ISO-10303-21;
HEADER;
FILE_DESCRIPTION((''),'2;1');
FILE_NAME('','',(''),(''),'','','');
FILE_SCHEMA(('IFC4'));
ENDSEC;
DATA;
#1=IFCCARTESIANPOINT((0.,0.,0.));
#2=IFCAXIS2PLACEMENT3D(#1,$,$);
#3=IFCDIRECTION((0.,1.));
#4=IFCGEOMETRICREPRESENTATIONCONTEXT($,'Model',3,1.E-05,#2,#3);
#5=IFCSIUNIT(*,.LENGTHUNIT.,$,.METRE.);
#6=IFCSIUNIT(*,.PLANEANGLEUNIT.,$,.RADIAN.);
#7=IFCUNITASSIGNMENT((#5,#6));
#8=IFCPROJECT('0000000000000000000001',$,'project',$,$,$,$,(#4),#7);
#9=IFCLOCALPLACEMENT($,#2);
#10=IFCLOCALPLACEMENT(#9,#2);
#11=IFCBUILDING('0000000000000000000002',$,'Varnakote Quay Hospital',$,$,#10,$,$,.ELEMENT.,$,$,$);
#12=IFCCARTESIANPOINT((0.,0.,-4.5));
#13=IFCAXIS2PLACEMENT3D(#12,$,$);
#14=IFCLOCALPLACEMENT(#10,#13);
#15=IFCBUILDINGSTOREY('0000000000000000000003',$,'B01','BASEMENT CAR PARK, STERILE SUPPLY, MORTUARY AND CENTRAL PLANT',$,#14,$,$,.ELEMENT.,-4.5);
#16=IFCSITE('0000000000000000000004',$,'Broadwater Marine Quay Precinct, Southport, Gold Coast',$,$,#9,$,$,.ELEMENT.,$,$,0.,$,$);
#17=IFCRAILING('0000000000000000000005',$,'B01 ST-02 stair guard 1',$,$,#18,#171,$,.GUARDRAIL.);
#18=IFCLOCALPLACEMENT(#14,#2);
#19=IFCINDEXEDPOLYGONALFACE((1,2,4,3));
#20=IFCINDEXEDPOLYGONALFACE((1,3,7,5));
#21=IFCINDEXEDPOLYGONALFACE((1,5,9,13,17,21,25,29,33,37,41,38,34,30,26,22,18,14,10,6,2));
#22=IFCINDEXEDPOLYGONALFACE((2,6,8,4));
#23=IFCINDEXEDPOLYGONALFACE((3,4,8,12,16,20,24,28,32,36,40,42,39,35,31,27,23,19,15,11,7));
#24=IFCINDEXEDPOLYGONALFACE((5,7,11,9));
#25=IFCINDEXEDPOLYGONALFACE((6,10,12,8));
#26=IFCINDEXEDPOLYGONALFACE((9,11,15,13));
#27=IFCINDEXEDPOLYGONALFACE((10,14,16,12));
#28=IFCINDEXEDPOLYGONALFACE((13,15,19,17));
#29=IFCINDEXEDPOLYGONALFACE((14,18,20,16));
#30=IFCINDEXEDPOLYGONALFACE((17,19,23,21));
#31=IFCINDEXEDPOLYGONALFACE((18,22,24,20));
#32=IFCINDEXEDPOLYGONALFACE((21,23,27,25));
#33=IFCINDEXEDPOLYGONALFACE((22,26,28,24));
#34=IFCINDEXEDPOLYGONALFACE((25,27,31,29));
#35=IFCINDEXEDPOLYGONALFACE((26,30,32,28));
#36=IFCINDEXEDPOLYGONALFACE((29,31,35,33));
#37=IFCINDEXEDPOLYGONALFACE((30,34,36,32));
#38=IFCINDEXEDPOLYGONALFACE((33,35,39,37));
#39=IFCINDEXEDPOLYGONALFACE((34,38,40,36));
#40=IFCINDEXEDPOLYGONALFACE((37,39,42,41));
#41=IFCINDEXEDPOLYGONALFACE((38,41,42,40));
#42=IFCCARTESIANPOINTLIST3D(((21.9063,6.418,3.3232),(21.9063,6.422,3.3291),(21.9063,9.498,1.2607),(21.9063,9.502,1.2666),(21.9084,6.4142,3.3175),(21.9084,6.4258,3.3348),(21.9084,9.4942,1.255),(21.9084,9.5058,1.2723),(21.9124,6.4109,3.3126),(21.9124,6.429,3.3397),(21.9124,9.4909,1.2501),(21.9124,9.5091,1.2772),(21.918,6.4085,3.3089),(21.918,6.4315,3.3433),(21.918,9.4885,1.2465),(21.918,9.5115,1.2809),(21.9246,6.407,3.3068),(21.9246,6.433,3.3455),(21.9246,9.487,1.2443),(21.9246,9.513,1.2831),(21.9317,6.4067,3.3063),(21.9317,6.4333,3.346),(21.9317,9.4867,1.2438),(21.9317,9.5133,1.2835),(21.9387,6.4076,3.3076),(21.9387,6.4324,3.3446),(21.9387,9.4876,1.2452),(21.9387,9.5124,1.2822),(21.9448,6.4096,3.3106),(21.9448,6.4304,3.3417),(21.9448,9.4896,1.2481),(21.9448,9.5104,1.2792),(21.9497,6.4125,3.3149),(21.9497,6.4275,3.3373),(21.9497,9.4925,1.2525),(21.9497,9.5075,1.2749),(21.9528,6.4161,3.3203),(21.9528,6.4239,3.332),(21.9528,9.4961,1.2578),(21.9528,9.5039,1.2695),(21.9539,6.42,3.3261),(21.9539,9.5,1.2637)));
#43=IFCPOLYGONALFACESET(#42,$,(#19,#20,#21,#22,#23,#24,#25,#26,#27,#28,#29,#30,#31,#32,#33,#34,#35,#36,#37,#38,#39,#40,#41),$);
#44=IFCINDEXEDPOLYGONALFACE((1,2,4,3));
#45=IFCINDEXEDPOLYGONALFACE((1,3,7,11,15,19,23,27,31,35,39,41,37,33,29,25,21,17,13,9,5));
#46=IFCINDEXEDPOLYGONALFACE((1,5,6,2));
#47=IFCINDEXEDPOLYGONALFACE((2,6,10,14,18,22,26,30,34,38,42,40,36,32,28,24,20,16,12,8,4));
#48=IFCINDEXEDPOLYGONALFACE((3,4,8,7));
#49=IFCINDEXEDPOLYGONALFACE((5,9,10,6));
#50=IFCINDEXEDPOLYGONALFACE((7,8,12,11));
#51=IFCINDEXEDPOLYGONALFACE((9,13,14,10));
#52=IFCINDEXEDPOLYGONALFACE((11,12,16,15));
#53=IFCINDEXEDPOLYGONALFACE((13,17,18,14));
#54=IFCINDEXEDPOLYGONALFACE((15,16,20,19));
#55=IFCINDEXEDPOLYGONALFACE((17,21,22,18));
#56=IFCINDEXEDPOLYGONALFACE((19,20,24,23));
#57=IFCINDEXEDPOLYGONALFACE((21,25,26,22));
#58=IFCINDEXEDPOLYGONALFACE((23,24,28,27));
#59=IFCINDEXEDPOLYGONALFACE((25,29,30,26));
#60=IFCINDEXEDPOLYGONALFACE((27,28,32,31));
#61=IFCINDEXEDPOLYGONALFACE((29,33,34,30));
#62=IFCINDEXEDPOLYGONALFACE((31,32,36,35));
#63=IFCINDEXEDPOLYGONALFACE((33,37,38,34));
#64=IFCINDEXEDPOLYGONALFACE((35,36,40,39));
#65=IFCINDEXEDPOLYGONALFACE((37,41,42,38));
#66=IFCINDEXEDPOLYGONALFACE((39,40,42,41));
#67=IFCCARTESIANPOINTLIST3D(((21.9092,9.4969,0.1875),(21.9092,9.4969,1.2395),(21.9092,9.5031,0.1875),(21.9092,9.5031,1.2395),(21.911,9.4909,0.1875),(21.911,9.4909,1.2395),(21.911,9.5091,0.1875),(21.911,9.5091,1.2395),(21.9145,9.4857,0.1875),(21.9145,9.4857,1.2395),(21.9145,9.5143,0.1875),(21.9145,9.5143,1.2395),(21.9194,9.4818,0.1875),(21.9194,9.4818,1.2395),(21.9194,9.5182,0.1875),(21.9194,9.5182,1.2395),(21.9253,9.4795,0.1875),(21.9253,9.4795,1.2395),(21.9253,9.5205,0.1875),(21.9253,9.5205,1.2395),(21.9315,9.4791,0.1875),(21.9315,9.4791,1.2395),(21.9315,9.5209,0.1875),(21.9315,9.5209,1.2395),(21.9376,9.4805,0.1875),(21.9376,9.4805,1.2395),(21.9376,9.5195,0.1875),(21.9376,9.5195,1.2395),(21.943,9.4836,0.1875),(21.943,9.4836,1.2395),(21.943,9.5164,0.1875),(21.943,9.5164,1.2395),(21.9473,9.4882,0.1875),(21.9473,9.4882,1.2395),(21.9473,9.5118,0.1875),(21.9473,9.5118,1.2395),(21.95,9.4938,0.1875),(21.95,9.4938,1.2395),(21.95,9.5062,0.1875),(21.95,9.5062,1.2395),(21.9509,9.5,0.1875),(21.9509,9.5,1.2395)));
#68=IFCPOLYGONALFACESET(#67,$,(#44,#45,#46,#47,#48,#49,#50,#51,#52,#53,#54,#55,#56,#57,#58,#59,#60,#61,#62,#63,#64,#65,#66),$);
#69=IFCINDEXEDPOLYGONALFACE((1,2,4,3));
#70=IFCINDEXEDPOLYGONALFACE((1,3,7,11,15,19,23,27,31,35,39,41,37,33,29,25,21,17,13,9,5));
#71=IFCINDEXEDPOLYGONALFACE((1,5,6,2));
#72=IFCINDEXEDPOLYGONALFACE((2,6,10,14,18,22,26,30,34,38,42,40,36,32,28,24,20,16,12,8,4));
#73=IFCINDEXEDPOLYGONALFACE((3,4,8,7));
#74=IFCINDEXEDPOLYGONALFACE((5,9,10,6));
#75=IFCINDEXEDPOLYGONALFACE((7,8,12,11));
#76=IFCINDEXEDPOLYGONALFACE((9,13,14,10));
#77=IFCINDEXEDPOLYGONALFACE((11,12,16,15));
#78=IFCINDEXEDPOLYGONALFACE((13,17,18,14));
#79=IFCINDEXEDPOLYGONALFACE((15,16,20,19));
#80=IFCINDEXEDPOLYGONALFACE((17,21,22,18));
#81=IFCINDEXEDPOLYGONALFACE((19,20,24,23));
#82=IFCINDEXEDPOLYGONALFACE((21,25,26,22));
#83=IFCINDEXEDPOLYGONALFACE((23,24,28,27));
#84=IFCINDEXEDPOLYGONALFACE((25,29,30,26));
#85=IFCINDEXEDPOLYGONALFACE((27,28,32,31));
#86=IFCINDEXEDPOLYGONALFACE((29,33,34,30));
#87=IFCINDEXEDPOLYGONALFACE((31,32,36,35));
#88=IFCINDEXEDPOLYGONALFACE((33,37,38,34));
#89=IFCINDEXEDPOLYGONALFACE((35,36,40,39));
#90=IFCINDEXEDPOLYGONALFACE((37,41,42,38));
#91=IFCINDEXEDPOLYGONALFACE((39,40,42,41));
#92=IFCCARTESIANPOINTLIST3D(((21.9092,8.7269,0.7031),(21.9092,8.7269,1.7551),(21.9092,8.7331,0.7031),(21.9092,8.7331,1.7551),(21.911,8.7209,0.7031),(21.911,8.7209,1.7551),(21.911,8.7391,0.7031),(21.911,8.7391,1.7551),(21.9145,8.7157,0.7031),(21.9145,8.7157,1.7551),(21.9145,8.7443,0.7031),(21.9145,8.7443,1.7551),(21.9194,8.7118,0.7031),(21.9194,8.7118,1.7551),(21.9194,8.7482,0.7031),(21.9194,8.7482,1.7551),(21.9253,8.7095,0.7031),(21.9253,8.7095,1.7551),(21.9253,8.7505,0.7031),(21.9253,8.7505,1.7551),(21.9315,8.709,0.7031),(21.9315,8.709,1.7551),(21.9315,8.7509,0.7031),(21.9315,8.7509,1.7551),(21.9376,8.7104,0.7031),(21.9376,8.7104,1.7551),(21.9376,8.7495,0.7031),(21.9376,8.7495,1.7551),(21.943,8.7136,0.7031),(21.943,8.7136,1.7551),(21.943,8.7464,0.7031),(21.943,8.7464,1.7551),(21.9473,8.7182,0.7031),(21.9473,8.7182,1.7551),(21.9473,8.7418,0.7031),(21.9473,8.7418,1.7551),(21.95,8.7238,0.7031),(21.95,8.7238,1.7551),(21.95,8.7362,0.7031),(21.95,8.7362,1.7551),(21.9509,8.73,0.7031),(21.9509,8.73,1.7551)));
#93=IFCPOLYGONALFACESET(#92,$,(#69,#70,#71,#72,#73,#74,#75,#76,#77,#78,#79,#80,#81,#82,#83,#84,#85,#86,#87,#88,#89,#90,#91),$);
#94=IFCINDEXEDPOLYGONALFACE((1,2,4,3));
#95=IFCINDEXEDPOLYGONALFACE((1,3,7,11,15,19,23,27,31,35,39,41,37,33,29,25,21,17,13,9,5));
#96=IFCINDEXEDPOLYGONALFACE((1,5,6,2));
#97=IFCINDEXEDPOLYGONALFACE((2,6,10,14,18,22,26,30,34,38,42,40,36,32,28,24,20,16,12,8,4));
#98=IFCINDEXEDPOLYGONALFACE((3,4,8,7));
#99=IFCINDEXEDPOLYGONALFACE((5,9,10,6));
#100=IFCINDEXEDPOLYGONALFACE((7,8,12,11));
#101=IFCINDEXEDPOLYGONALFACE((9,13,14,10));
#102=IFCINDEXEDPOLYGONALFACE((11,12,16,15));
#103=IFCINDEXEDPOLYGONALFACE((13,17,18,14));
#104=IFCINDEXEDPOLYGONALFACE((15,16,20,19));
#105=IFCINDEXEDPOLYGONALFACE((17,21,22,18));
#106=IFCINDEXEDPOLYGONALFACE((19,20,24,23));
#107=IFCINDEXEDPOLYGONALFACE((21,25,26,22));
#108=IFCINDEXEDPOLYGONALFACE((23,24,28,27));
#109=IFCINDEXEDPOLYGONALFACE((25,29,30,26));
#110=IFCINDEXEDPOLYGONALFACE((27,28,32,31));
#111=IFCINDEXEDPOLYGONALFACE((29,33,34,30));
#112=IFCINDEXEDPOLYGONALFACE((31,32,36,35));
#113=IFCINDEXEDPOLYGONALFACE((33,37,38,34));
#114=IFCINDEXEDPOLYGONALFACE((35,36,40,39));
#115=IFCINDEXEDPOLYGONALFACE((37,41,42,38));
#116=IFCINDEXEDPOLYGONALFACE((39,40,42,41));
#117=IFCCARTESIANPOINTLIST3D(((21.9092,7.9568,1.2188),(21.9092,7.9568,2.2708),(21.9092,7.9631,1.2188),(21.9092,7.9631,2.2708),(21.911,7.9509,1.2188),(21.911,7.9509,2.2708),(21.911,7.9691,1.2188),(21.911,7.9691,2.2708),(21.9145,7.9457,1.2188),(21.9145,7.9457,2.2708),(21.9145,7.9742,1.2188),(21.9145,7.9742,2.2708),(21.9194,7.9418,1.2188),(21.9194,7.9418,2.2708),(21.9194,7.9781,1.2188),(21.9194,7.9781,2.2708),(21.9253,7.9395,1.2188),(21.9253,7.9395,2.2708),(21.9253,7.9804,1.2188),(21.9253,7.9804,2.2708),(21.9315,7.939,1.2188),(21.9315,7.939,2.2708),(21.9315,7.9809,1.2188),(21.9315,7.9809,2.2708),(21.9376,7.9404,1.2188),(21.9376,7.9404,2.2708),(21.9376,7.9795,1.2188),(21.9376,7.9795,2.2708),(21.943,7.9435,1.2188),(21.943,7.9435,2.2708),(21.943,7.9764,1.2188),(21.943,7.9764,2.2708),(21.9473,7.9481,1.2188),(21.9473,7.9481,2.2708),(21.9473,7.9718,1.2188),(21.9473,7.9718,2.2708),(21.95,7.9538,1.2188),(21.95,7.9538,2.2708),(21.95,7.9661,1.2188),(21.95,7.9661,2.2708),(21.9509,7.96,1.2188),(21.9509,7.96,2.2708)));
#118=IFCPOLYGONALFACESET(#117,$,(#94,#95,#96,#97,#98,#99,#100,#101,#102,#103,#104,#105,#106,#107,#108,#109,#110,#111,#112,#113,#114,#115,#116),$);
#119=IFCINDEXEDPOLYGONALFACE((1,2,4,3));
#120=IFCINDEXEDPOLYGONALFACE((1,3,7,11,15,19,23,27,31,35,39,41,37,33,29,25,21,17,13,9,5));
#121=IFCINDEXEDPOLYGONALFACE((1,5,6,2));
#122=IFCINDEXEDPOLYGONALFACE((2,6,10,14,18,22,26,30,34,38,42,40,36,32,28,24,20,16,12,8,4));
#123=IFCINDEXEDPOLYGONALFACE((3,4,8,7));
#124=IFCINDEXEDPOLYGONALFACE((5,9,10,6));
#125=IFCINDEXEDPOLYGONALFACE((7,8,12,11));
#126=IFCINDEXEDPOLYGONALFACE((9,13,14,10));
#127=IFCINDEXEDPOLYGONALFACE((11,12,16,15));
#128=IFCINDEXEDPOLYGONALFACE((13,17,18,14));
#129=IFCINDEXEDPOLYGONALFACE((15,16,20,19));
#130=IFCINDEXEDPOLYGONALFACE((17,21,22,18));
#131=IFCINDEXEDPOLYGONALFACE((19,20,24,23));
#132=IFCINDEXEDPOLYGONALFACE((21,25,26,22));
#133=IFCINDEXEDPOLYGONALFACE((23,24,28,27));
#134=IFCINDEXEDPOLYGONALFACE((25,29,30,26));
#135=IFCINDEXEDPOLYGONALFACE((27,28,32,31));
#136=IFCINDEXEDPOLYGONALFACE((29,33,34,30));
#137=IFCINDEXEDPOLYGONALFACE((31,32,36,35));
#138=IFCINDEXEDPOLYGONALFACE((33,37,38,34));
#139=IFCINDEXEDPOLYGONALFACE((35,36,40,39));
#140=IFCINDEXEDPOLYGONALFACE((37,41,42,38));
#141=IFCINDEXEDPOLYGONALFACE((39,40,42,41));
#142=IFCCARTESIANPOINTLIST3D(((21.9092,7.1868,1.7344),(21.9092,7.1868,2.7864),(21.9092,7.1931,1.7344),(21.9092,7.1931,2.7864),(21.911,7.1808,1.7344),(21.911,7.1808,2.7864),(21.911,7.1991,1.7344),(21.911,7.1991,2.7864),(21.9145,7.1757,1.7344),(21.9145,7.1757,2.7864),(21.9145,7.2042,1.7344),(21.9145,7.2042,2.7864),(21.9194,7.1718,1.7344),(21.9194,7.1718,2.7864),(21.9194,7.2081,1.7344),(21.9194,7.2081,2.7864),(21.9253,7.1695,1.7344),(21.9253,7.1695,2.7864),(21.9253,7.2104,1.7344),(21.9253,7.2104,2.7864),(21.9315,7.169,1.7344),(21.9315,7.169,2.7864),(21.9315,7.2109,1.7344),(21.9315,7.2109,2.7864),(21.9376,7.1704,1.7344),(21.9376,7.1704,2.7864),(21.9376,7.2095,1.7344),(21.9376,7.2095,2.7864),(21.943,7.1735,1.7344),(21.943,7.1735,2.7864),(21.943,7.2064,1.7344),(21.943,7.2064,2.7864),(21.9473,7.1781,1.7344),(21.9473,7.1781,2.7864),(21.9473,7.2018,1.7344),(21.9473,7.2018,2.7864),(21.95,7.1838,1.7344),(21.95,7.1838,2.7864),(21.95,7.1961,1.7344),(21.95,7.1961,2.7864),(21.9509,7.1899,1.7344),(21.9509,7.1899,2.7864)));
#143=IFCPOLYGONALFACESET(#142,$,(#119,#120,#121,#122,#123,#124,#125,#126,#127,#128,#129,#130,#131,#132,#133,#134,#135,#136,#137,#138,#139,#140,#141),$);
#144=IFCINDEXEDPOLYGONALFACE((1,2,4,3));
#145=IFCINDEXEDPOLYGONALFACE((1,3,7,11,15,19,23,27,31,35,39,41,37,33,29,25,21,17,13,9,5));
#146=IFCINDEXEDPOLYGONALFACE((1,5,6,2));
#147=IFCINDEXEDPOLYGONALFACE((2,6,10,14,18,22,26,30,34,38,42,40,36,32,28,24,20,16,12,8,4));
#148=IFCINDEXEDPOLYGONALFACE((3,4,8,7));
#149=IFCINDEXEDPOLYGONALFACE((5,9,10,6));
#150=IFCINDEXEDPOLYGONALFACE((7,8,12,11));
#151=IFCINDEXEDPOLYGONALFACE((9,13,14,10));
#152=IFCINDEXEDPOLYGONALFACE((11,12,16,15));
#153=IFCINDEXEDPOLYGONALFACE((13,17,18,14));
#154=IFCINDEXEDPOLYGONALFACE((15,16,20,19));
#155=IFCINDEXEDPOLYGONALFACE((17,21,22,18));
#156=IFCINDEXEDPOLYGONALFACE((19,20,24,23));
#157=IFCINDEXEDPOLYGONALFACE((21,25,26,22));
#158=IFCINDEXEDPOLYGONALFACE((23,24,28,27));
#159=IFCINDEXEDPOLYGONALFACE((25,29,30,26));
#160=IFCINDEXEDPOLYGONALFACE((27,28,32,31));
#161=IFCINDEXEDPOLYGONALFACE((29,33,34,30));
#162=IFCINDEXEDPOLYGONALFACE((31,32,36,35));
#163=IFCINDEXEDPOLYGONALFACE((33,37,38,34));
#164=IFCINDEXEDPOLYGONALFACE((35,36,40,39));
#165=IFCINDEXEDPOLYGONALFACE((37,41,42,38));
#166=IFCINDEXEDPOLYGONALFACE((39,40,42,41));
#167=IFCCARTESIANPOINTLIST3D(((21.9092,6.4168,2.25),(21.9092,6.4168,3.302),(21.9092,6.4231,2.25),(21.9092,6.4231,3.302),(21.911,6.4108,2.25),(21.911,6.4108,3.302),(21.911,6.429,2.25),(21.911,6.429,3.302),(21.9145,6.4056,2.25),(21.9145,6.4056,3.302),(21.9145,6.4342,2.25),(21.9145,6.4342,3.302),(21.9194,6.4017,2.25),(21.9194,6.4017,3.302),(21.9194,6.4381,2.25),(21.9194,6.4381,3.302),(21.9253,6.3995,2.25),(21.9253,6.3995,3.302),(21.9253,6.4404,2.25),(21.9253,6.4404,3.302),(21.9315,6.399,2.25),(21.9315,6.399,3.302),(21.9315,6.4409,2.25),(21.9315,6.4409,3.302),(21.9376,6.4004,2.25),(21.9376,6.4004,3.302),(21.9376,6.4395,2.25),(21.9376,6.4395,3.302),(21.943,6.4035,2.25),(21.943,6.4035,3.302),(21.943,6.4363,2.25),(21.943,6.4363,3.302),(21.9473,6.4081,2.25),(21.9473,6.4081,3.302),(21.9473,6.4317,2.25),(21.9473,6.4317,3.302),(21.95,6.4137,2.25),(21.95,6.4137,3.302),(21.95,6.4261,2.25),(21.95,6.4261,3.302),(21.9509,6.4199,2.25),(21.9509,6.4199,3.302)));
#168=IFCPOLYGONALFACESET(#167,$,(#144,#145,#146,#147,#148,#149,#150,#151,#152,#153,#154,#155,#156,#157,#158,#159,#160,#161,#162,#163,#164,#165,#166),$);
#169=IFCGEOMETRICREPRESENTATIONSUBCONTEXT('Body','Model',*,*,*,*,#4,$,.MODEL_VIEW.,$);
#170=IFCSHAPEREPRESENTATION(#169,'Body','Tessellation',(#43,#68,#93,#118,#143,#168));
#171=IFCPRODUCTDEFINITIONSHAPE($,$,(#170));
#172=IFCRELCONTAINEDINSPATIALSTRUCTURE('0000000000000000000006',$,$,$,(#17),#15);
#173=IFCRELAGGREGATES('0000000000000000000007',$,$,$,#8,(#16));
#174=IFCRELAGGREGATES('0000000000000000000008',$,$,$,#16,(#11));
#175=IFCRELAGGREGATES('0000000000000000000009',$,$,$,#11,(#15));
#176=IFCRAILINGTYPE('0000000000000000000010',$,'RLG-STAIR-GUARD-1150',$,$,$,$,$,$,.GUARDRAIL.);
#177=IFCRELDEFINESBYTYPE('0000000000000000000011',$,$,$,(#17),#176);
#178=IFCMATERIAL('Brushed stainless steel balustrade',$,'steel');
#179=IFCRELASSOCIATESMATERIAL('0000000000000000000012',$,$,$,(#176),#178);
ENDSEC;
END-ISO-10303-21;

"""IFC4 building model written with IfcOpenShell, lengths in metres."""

from ifc_helpers import new_model, si_unit, direction, frame, origin, origin_2d, place, context, subcontext, project, spatial, circle, extrude, material, type_object, element, save


model = new_model("IFC4")

# Units and contexts
model_context = context("Model", 3, precision=1e-05, world=origin(), true_north=direction((0.0, 1.0)))
body_context = subcontext(model_context, "Body", "Model", "MODEL_VIEW")
ifc_project = project(units=[si_unit("LENGTHUNIT", "METRE"), si_unit("PLANEANGLEUNIT", "RADIAN")], contexts=[model_context])

# Site, building, storey
site_placement = place(None, origin())
site = spatial("IfcSite", under=ifc_project, at=site_placement, Name="Broadwater Marine Quay Precinct, Southport, Gold Coast", CompositionType="ELEMENT", RefElevation=0.0)
building_placement = place(site_placement, origin())
building = spatial("IfcBuilding", under=site, at=building_placement, Name="Varnakote Quay Hospital", CompositionType="ELEMENT")
storey_placement = place(building_placement, frame((0.0, 0.0, -4.5)))
storey = spatial("IfcBuildingStorey", under=building, at=storey_placement, Name="B01", Description="BASEMENT CAR PARK, STERILE SUPPLY, MORTUARY AND CENTRAL PLANT", CompositionType="ELEMENT", Elevation=-4.5)

# Railing
ifc_material_1 = material(Name="Brushed stainless steel balustrade", Category="steel")
railing_type_1 = type_object("IfcRailingType", Name="RLG-STAIR-GUARD-1150", PredefinedType="GUARDRAIL", material=ifc_material_1)
railing_1_placement = place(storey_placement, frame((21.9299, 9.5, 0.1875)))
element("IfcRailing", 1, at=railing_1_placement, inside=storey, type_object=railing_type_1, Name="B01 ST-02 stair guard 1", PredefinedType="GUARDRAIL", context=body_context, shape_type="SweptSolid", body=[
    extrude(circle(Radius=0.0239, at=origin_2d()), frame((0.0, 0.0, 1.0762), z_axis=(0.0, -0.830914, 0.556401), x_axis=(1.0, 0.0, 0.0)), (0.0, 0.0, 1.0), 3.7068),
    extrude(circle(Radius=0.021, at=origin_2d()), origin(), (0.0, 0.0, 1.0), 1.052),
    extrude(circle(Radius=0.021, at=origin_2d()), frame((0.0, -0.77, 0.5156)), (0.0, 0.0, 1.0), 1.052),
    extrude(circle(Radius=0.021, at=origin_2d()), frame((0.0, -1.54, 1.0312)), (0.0, 0.0, 1.0), 1.052),
    extrude(circle(Radius=0.021, at=origin_2d()), frame((0.0, -2.3101, 1.5469)), (0.0, 0.0, 1.0), 1.052),
    extrude(circle(Radius=0.021, at=origin_2d()), frame((0.0, -3.0801, 2.0625)), (0.0, 0.0, 1.0), 1.052),
])

save(model, "model.ifc")
